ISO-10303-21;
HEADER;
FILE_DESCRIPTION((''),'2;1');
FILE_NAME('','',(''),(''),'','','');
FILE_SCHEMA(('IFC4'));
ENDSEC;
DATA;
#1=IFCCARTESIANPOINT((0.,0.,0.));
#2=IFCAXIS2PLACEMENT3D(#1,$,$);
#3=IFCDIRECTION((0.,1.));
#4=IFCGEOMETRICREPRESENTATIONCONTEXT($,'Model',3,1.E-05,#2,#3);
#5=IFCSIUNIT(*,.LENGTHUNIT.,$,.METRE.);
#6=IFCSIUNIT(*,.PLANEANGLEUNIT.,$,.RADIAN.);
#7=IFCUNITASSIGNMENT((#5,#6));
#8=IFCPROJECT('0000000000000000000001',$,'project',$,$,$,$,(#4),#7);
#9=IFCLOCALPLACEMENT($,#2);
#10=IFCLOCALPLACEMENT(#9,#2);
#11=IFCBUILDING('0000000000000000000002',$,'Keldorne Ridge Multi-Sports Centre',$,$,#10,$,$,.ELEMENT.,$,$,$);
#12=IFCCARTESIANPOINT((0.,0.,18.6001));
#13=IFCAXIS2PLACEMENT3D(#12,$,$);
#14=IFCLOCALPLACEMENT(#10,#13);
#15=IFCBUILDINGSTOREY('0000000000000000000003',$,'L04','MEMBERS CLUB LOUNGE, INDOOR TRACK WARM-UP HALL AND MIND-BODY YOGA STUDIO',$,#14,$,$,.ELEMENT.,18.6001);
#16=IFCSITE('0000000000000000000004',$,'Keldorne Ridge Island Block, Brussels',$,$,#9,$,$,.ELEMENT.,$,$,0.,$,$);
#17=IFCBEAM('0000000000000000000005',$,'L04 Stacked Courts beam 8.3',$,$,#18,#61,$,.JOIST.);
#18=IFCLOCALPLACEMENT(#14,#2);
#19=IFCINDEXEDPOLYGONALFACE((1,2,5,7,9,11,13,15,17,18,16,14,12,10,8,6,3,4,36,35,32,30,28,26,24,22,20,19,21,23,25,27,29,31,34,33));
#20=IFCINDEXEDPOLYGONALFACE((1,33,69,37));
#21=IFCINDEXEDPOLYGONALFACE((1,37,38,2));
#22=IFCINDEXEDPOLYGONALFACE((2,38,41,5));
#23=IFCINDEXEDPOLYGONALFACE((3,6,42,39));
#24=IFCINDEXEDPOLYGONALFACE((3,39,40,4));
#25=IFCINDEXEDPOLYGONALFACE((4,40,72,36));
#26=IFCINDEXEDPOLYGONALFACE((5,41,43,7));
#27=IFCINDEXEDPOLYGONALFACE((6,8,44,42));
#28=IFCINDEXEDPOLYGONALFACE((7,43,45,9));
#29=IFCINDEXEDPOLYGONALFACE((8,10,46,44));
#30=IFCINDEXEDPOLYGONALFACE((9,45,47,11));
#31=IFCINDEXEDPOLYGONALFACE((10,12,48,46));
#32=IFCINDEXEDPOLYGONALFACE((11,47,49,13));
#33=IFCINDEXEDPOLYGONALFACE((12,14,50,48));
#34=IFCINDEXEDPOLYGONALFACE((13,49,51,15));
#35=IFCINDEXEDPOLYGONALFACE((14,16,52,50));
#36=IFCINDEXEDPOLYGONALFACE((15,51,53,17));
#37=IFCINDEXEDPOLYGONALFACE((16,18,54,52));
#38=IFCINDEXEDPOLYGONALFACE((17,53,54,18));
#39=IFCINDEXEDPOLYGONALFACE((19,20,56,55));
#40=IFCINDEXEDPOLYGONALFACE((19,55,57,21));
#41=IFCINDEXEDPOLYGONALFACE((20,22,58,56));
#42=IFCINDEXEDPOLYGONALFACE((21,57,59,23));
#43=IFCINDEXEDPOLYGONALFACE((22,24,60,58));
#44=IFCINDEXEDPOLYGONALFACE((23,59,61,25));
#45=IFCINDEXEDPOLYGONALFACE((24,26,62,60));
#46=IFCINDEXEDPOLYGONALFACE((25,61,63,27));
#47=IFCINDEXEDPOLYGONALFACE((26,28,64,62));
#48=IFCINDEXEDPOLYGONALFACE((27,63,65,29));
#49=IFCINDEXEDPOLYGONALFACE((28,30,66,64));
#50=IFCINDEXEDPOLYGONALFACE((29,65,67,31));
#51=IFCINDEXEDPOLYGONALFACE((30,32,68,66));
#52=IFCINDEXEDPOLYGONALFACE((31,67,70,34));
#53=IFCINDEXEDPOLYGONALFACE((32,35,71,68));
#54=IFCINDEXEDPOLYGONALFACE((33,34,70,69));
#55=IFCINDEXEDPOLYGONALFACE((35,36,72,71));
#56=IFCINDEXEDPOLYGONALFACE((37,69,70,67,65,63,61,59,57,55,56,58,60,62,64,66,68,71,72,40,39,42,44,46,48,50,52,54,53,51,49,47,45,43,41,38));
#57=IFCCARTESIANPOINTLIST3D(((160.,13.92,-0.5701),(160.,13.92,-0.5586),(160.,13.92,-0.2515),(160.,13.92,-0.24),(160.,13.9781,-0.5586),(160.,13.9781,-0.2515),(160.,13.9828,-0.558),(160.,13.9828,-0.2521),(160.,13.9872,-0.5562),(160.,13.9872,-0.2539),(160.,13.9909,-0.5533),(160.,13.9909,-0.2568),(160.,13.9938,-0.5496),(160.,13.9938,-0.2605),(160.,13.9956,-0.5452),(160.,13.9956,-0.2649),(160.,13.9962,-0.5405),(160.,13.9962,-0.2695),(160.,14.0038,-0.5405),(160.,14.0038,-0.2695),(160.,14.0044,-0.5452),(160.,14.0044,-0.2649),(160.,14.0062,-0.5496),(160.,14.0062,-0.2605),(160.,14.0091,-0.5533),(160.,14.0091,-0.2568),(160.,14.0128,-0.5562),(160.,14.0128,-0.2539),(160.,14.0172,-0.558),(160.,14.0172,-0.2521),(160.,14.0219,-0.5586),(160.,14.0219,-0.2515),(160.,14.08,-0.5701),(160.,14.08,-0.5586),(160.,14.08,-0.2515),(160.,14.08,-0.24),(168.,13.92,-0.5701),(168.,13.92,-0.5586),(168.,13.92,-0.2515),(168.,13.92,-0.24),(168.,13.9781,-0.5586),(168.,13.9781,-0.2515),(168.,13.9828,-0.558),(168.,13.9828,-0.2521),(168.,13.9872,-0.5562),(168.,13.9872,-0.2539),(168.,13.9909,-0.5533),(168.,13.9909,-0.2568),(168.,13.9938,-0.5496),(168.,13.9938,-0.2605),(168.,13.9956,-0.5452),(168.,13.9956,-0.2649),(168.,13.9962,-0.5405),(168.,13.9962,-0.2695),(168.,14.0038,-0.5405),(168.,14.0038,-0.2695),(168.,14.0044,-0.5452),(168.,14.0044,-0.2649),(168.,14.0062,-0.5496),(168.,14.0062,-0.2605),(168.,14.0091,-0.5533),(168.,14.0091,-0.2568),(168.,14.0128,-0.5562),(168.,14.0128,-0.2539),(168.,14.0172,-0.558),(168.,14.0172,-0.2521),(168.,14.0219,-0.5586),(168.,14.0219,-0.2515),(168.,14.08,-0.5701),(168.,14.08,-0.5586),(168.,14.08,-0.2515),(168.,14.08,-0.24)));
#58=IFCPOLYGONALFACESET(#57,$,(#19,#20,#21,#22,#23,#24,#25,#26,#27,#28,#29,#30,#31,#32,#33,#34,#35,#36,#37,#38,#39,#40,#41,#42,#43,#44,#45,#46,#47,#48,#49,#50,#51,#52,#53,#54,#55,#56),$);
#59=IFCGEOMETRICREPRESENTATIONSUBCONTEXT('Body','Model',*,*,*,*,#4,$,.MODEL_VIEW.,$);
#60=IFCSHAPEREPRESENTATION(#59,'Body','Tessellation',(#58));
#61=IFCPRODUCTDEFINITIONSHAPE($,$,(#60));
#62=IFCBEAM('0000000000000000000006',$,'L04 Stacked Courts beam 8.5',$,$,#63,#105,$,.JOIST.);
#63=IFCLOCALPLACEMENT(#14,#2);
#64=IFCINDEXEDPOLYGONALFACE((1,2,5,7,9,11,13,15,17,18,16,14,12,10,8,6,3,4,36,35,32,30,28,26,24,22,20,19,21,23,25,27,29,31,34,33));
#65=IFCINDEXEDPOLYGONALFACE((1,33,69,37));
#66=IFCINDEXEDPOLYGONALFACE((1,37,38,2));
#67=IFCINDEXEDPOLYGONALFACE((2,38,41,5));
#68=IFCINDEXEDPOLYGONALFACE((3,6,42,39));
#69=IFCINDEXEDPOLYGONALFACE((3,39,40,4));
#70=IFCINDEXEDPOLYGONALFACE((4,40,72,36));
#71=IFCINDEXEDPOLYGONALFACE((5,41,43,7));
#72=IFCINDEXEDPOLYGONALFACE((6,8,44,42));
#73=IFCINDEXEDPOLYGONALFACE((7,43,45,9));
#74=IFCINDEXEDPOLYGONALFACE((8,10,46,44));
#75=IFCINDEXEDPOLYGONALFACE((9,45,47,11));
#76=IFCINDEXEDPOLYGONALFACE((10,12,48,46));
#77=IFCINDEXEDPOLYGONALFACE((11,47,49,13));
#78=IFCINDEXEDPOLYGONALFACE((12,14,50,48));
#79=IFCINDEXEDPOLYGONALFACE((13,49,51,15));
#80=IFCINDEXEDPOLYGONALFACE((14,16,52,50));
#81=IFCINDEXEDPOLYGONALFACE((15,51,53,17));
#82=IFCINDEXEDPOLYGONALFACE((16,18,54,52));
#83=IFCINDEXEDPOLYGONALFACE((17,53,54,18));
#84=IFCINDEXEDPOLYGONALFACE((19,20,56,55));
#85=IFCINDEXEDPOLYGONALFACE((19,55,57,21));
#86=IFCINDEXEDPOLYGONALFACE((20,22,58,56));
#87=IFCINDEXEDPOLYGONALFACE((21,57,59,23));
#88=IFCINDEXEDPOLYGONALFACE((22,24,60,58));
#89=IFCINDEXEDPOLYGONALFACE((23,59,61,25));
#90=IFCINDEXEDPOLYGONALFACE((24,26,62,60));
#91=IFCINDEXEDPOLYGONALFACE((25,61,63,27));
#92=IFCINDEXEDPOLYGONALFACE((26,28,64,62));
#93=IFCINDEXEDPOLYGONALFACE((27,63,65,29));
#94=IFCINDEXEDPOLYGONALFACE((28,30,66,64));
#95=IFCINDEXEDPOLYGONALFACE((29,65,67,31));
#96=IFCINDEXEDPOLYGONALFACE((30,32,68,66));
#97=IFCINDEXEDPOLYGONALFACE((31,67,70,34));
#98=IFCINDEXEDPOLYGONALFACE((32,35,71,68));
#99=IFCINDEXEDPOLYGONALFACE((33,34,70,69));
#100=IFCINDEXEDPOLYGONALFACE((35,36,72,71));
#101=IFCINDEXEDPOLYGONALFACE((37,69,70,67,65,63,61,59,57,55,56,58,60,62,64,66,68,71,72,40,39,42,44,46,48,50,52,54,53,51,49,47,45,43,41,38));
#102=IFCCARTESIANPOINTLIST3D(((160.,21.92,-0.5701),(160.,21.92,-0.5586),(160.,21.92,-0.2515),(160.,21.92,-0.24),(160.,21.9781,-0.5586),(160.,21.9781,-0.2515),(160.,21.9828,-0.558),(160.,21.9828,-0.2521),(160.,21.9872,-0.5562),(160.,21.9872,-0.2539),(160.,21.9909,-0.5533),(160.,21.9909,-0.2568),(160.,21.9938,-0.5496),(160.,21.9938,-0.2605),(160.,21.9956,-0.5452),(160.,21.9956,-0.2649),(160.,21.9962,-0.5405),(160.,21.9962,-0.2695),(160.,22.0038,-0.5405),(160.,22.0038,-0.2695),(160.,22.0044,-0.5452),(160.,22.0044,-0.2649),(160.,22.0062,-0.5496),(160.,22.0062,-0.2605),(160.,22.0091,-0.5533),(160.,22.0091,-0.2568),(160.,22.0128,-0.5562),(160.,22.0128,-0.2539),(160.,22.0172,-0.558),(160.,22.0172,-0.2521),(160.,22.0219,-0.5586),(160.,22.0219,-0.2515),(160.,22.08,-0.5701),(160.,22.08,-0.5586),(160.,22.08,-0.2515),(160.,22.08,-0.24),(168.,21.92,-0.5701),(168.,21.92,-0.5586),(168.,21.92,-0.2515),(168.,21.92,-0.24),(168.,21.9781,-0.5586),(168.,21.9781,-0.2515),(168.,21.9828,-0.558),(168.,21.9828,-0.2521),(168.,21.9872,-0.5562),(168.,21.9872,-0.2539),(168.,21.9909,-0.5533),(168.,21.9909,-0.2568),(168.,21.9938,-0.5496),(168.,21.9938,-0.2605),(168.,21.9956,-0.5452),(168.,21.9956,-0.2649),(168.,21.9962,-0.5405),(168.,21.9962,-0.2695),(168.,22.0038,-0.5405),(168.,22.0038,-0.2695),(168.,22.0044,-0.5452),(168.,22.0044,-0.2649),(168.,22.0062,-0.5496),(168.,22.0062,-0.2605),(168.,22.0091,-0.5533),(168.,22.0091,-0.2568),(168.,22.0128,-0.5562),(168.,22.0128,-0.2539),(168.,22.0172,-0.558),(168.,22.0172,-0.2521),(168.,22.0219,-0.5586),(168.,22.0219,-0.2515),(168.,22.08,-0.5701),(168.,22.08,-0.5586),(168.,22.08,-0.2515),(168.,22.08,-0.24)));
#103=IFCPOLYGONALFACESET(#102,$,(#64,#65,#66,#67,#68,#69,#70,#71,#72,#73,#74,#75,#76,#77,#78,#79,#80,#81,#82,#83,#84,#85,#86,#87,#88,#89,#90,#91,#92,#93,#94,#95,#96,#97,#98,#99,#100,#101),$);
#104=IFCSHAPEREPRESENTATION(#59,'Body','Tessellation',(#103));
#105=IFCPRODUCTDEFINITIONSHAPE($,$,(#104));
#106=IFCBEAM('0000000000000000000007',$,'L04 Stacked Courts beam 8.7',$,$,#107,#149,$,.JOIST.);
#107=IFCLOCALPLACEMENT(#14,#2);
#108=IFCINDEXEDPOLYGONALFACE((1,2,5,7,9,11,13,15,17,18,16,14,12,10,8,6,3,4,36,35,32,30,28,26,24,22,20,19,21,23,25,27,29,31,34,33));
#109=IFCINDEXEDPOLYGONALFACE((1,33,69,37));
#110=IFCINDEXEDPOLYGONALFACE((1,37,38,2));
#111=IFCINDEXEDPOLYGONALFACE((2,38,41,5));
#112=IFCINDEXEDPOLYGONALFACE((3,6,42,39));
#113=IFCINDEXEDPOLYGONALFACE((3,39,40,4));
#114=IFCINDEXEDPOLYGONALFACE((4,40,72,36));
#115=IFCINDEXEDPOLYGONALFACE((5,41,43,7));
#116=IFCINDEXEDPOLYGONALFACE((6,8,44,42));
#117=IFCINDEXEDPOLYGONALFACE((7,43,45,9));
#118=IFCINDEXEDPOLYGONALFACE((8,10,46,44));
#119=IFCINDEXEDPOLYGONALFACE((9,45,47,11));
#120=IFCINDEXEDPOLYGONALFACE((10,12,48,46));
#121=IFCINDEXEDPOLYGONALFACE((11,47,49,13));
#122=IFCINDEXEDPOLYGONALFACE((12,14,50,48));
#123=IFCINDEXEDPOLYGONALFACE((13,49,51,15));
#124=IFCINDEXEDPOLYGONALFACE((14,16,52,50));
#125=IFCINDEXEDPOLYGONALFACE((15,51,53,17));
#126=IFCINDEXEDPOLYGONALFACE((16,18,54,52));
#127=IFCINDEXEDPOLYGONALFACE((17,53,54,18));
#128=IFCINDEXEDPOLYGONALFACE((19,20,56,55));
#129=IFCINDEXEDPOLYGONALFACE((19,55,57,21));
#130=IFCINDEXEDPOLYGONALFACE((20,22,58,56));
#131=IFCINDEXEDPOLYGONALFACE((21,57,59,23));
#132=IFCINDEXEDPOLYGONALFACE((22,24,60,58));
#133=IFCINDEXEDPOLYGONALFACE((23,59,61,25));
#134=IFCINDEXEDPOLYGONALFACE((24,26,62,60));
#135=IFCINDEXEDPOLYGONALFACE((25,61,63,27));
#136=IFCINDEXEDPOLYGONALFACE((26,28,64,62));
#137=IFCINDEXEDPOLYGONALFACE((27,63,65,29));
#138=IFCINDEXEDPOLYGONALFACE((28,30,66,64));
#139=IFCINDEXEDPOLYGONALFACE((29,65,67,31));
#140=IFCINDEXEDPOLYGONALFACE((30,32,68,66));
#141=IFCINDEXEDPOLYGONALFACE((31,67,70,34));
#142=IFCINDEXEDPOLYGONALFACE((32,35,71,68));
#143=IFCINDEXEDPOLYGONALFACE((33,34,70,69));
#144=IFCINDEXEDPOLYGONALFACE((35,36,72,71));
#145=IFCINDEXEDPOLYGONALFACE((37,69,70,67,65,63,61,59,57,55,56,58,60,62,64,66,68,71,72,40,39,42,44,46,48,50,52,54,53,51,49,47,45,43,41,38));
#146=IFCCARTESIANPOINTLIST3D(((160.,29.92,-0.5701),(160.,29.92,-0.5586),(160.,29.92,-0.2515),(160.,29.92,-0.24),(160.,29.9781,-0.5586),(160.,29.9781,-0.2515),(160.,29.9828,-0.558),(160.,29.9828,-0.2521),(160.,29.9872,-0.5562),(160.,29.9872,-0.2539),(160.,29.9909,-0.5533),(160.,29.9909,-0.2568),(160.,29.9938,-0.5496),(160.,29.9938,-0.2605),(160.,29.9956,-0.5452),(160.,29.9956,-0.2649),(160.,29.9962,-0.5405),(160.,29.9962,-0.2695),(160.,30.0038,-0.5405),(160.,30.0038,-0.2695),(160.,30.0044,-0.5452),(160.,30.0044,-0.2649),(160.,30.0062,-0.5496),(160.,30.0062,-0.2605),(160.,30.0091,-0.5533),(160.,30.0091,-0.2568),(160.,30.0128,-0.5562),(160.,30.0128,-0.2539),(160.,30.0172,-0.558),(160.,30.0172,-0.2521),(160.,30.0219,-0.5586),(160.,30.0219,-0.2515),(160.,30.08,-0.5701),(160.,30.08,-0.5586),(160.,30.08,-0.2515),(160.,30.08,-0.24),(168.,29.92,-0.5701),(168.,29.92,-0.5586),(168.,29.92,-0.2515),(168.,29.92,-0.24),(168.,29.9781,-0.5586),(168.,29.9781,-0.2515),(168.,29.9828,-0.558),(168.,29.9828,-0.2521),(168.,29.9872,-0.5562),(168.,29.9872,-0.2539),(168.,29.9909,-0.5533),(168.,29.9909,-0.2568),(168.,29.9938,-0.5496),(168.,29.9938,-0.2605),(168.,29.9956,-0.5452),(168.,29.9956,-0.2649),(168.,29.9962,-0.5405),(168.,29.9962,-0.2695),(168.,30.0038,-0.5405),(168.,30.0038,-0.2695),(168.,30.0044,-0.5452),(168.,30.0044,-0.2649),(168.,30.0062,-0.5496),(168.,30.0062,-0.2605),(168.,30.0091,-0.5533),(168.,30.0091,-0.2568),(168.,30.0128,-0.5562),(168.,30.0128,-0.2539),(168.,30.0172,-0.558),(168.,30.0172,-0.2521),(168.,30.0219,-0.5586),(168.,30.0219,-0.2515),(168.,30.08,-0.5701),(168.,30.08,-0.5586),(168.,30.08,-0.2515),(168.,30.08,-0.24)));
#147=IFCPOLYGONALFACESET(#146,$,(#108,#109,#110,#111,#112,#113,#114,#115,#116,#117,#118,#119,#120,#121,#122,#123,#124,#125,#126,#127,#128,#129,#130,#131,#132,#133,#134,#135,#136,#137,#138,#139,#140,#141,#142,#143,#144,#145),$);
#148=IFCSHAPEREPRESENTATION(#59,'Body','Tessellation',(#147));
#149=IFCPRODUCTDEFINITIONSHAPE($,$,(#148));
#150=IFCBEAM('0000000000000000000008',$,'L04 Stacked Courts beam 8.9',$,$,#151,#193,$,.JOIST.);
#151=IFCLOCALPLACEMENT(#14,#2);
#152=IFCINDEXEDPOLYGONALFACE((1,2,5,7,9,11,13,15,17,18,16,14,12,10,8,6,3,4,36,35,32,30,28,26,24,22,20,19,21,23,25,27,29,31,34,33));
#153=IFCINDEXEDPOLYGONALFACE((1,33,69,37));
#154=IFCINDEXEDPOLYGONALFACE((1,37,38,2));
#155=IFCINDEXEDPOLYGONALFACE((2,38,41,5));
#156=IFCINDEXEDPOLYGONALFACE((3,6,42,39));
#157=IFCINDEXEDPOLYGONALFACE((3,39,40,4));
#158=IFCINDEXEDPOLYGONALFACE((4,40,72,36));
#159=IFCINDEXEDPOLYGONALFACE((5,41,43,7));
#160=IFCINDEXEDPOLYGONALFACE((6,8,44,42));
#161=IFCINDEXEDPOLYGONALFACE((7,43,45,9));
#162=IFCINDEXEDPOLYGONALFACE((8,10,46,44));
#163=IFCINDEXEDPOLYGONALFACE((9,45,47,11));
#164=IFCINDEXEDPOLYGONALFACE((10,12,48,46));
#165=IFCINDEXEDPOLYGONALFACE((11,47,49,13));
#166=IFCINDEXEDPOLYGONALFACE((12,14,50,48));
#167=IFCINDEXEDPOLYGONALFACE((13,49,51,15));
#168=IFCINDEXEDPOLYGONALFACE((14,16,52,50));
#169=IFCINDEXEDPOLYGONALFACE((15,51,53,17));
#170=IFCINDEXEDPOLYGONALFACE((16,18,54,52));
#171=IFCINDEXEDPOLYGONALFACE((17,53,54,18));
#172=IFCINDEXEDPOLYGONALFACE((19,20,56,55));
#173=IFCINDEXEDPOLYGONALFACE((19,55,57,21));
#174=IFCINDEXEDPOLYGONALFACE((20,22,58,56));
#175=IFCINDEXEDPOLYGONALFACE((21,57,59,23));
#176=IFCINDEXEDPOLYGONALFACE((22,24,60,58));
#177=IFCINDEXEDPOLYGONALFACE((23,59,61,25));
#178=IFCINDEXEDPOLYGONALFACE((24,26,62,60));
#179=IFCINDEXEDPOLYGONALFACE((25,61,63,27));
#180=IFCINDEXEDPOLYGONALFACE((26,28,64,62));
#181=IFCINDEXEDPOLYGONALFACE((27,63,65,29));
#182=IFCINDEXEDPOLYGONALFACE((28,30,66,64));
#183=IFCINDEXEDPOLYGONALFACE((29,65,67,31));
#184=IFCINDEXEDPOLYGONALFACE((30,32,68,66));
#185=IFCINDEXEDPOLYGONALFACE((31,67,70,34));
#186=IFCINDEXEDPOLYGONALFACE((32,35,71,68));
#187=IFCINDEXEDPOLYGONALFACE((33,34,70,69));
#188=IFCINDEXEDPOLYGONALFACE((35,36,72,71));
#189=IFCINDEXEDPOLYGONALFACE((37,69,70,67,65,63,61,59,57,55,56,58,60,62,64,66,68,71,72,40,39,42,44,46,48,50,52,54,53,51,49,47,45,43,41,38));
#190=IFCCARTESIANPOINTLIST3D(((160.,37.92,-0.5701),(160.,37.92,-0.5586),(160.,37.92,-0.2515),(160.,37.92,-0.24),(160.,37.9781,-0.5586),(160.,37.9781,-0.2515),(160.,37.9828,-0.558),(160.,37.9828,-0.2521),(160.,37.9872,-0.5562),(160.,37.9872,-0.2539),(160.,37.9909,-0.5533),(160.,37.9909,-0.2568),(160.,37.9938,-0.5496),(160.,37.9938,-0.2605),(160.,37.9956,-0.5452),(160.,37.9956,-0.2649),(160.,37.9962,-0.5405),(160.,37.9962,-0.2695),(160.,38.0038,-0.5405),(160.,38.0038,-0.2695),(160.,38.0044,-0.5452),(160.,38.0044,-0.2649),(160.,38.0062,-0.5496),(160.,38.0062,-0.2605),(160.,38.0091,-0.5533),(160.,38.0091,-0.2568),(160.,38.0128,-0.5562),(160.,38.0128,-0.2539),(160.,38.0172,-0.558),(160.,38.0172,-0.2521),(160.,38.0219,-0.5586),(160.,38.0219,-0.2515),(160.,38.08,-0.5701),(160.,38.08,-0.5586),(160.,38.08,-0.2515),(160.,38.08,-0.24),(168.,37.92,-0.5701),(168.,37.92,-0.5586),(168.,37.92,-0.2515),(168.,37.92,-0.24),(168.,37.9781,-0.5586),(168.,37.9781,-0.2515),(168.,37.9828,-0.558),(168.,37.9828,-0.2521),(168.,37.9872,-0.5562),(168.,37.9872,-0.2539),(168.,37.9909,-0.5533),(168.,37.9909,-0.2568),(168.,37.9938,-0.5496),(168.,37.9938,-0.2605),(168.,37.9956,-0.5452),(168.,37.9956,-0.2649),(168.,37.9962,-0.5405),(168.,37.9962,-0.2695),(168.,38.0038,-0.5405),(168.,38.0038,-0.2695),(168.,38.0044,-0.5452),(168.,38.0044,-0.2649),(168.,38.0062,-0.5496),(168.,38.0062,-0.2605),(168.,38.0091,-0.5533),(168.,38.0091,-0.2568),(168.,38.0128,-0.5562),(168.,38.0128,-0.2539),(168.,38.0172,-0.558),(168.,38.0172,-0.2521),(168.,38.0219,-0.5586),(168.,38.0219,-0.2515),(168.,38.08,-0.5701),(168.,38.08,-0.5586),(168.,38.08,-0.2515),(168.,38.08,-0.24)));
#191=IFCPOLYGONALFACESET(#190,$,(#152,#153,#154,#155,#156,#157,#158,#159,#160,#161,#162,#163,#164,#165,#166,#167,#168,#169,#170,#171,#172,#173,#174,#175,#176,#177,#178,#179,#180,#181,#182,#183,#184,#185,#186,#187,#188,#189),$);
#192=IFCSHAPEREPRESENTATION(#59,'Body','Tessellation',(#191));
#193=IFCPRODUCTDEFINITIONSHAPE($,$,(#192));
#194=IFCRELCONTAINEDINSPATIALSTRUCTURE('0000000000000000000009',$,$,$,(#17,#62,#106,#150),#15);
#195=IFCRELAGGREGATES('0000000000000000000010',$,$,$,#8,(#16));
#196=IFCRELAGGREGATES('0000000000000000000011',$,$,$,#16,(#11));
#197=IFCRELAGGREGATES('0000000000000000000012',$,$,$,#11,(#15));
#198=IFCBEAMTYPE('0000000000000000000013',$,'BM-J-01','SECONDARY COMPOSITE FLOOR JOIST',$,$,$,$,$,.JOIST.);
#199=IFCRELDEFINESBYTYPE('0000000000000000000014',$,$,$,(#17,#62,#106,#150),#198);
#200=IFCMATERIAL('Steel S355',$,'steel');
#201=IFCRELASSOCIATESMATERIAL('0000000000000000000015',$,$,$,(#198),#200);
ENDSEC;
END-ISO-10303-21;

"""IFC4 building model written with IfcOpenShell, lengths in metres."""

from ifc_helpers import new_model, si_unit, direction, frame, origin, origin_2d, place, context, subcontext, project, spatial, i_section, extrude, material, material_profile, profile_set, type_object, element, save


model = new_model("IFC4")

# Units and contexts
model_context = context("Model", 3, precision=1e-05, world=origin(), true_north=direction((0.0, 1.0)))
body_context = subcontext(model_context, "Body", "Model", "MODEL_VIEW")
ifc_project = project(units=[si_unit("LENGTHUNIT", "METRE"), si_unit("PLANEANGLEUNIT", "RADIAN")], contexts=[model_context])

# Site, building, storey
site_placement = place(None, origin())
site = spatial("IfcSite", under=ifc_project, at=site_placement, Name="Keldorne Ridge Island Block, Brussels", CompositionType="ELEMENT", RefElevation=0.0)
building_placement = place(site_placement, origin())
building = spatial("IfcBuilding", under=site, at=building_placement, Name="Keldorne Ridge Multi-Sports Centre", CompositionType="ELEMENT")
storey_placement = place(building_placement, frame((0.0, 0.0, 18.6001)))
storey = spatial("IfcBuildingStorey", under=building, at=storey_placement, Name="L04", Description="MEMBERS CLUB LOUNGE, INDOOR TRACK WARM-UP HALL AND MIND-BODY YOGA STUDIO", CompositionType="ELEMENT", Elevation=18.6001)

# Beams
ifc_material_1 = material(Name="Steel S355", Category="steel")
ifc_material_profile_1 = material_profile(ifc_material_1, i_section(OverallWidth=0.1599, OverallDepth=0.3301, WebThickness=0.0076, FlangeThickness=0.0115, FilletRadius=0.0181, at=origin_2d()), Name="IPE 330")
ifc_profile_set_1 = profile_set([ifc_material_profile_1], Name="Steel S355")
beam_type_1 = type_object("IfcBeamType", Name="BM-J-01", Description="SECONDARY COMPOSITE FLOOR JOIST", PredefinedType="JOIST", material=ifc_profile_set_1)
for number, where, z_axis, x_axis, name in (
    (1, (160.0, 14.0, -0.405), (1.0, 0.0, 0.0), (0.0, 1.0, 0.0), "L04 Stacked Courts beam 8.3"),
    (2, (160.0, 22.0, -0.405), (1.0, 0.0, 0.0), (0.0, 1.0, 0.0), "L04 Stacked Courts beam 8.5"),
    (3, (160.0, 30.0, -0.405), (1.0, 0.0, 0.0), (0.0, 1.0, 0.0), "L04 Stacked Courts beam 8.7"),
    (4, (160.0, 38.0, -0.405), (1.0, 0.0, 0.0), (0.0, 1.0, 0.0), "L04 Stacked Courts beam 8.9"),
):
    element("IfcBeam", number, at=place(storey_placement, frame(where, z_axis=z_axis, x_axis=x_axis)), inside=storey, type_object=beam_type_1, Name=name, PredefinedType="JOIST", context=body_context, shape_type="SweptSolid", body=[
        extrude(i_section(OverallWidth=0.1599, OverallDepth=0.3301, WebThickness=0.0076, FlangeThickness=0.0115, FilletRadius=0.0181, at=origin_2d()), origin(), (0.0, 0.0, 1.0), 8.0),
    ])

save(model, "model.ifc")
